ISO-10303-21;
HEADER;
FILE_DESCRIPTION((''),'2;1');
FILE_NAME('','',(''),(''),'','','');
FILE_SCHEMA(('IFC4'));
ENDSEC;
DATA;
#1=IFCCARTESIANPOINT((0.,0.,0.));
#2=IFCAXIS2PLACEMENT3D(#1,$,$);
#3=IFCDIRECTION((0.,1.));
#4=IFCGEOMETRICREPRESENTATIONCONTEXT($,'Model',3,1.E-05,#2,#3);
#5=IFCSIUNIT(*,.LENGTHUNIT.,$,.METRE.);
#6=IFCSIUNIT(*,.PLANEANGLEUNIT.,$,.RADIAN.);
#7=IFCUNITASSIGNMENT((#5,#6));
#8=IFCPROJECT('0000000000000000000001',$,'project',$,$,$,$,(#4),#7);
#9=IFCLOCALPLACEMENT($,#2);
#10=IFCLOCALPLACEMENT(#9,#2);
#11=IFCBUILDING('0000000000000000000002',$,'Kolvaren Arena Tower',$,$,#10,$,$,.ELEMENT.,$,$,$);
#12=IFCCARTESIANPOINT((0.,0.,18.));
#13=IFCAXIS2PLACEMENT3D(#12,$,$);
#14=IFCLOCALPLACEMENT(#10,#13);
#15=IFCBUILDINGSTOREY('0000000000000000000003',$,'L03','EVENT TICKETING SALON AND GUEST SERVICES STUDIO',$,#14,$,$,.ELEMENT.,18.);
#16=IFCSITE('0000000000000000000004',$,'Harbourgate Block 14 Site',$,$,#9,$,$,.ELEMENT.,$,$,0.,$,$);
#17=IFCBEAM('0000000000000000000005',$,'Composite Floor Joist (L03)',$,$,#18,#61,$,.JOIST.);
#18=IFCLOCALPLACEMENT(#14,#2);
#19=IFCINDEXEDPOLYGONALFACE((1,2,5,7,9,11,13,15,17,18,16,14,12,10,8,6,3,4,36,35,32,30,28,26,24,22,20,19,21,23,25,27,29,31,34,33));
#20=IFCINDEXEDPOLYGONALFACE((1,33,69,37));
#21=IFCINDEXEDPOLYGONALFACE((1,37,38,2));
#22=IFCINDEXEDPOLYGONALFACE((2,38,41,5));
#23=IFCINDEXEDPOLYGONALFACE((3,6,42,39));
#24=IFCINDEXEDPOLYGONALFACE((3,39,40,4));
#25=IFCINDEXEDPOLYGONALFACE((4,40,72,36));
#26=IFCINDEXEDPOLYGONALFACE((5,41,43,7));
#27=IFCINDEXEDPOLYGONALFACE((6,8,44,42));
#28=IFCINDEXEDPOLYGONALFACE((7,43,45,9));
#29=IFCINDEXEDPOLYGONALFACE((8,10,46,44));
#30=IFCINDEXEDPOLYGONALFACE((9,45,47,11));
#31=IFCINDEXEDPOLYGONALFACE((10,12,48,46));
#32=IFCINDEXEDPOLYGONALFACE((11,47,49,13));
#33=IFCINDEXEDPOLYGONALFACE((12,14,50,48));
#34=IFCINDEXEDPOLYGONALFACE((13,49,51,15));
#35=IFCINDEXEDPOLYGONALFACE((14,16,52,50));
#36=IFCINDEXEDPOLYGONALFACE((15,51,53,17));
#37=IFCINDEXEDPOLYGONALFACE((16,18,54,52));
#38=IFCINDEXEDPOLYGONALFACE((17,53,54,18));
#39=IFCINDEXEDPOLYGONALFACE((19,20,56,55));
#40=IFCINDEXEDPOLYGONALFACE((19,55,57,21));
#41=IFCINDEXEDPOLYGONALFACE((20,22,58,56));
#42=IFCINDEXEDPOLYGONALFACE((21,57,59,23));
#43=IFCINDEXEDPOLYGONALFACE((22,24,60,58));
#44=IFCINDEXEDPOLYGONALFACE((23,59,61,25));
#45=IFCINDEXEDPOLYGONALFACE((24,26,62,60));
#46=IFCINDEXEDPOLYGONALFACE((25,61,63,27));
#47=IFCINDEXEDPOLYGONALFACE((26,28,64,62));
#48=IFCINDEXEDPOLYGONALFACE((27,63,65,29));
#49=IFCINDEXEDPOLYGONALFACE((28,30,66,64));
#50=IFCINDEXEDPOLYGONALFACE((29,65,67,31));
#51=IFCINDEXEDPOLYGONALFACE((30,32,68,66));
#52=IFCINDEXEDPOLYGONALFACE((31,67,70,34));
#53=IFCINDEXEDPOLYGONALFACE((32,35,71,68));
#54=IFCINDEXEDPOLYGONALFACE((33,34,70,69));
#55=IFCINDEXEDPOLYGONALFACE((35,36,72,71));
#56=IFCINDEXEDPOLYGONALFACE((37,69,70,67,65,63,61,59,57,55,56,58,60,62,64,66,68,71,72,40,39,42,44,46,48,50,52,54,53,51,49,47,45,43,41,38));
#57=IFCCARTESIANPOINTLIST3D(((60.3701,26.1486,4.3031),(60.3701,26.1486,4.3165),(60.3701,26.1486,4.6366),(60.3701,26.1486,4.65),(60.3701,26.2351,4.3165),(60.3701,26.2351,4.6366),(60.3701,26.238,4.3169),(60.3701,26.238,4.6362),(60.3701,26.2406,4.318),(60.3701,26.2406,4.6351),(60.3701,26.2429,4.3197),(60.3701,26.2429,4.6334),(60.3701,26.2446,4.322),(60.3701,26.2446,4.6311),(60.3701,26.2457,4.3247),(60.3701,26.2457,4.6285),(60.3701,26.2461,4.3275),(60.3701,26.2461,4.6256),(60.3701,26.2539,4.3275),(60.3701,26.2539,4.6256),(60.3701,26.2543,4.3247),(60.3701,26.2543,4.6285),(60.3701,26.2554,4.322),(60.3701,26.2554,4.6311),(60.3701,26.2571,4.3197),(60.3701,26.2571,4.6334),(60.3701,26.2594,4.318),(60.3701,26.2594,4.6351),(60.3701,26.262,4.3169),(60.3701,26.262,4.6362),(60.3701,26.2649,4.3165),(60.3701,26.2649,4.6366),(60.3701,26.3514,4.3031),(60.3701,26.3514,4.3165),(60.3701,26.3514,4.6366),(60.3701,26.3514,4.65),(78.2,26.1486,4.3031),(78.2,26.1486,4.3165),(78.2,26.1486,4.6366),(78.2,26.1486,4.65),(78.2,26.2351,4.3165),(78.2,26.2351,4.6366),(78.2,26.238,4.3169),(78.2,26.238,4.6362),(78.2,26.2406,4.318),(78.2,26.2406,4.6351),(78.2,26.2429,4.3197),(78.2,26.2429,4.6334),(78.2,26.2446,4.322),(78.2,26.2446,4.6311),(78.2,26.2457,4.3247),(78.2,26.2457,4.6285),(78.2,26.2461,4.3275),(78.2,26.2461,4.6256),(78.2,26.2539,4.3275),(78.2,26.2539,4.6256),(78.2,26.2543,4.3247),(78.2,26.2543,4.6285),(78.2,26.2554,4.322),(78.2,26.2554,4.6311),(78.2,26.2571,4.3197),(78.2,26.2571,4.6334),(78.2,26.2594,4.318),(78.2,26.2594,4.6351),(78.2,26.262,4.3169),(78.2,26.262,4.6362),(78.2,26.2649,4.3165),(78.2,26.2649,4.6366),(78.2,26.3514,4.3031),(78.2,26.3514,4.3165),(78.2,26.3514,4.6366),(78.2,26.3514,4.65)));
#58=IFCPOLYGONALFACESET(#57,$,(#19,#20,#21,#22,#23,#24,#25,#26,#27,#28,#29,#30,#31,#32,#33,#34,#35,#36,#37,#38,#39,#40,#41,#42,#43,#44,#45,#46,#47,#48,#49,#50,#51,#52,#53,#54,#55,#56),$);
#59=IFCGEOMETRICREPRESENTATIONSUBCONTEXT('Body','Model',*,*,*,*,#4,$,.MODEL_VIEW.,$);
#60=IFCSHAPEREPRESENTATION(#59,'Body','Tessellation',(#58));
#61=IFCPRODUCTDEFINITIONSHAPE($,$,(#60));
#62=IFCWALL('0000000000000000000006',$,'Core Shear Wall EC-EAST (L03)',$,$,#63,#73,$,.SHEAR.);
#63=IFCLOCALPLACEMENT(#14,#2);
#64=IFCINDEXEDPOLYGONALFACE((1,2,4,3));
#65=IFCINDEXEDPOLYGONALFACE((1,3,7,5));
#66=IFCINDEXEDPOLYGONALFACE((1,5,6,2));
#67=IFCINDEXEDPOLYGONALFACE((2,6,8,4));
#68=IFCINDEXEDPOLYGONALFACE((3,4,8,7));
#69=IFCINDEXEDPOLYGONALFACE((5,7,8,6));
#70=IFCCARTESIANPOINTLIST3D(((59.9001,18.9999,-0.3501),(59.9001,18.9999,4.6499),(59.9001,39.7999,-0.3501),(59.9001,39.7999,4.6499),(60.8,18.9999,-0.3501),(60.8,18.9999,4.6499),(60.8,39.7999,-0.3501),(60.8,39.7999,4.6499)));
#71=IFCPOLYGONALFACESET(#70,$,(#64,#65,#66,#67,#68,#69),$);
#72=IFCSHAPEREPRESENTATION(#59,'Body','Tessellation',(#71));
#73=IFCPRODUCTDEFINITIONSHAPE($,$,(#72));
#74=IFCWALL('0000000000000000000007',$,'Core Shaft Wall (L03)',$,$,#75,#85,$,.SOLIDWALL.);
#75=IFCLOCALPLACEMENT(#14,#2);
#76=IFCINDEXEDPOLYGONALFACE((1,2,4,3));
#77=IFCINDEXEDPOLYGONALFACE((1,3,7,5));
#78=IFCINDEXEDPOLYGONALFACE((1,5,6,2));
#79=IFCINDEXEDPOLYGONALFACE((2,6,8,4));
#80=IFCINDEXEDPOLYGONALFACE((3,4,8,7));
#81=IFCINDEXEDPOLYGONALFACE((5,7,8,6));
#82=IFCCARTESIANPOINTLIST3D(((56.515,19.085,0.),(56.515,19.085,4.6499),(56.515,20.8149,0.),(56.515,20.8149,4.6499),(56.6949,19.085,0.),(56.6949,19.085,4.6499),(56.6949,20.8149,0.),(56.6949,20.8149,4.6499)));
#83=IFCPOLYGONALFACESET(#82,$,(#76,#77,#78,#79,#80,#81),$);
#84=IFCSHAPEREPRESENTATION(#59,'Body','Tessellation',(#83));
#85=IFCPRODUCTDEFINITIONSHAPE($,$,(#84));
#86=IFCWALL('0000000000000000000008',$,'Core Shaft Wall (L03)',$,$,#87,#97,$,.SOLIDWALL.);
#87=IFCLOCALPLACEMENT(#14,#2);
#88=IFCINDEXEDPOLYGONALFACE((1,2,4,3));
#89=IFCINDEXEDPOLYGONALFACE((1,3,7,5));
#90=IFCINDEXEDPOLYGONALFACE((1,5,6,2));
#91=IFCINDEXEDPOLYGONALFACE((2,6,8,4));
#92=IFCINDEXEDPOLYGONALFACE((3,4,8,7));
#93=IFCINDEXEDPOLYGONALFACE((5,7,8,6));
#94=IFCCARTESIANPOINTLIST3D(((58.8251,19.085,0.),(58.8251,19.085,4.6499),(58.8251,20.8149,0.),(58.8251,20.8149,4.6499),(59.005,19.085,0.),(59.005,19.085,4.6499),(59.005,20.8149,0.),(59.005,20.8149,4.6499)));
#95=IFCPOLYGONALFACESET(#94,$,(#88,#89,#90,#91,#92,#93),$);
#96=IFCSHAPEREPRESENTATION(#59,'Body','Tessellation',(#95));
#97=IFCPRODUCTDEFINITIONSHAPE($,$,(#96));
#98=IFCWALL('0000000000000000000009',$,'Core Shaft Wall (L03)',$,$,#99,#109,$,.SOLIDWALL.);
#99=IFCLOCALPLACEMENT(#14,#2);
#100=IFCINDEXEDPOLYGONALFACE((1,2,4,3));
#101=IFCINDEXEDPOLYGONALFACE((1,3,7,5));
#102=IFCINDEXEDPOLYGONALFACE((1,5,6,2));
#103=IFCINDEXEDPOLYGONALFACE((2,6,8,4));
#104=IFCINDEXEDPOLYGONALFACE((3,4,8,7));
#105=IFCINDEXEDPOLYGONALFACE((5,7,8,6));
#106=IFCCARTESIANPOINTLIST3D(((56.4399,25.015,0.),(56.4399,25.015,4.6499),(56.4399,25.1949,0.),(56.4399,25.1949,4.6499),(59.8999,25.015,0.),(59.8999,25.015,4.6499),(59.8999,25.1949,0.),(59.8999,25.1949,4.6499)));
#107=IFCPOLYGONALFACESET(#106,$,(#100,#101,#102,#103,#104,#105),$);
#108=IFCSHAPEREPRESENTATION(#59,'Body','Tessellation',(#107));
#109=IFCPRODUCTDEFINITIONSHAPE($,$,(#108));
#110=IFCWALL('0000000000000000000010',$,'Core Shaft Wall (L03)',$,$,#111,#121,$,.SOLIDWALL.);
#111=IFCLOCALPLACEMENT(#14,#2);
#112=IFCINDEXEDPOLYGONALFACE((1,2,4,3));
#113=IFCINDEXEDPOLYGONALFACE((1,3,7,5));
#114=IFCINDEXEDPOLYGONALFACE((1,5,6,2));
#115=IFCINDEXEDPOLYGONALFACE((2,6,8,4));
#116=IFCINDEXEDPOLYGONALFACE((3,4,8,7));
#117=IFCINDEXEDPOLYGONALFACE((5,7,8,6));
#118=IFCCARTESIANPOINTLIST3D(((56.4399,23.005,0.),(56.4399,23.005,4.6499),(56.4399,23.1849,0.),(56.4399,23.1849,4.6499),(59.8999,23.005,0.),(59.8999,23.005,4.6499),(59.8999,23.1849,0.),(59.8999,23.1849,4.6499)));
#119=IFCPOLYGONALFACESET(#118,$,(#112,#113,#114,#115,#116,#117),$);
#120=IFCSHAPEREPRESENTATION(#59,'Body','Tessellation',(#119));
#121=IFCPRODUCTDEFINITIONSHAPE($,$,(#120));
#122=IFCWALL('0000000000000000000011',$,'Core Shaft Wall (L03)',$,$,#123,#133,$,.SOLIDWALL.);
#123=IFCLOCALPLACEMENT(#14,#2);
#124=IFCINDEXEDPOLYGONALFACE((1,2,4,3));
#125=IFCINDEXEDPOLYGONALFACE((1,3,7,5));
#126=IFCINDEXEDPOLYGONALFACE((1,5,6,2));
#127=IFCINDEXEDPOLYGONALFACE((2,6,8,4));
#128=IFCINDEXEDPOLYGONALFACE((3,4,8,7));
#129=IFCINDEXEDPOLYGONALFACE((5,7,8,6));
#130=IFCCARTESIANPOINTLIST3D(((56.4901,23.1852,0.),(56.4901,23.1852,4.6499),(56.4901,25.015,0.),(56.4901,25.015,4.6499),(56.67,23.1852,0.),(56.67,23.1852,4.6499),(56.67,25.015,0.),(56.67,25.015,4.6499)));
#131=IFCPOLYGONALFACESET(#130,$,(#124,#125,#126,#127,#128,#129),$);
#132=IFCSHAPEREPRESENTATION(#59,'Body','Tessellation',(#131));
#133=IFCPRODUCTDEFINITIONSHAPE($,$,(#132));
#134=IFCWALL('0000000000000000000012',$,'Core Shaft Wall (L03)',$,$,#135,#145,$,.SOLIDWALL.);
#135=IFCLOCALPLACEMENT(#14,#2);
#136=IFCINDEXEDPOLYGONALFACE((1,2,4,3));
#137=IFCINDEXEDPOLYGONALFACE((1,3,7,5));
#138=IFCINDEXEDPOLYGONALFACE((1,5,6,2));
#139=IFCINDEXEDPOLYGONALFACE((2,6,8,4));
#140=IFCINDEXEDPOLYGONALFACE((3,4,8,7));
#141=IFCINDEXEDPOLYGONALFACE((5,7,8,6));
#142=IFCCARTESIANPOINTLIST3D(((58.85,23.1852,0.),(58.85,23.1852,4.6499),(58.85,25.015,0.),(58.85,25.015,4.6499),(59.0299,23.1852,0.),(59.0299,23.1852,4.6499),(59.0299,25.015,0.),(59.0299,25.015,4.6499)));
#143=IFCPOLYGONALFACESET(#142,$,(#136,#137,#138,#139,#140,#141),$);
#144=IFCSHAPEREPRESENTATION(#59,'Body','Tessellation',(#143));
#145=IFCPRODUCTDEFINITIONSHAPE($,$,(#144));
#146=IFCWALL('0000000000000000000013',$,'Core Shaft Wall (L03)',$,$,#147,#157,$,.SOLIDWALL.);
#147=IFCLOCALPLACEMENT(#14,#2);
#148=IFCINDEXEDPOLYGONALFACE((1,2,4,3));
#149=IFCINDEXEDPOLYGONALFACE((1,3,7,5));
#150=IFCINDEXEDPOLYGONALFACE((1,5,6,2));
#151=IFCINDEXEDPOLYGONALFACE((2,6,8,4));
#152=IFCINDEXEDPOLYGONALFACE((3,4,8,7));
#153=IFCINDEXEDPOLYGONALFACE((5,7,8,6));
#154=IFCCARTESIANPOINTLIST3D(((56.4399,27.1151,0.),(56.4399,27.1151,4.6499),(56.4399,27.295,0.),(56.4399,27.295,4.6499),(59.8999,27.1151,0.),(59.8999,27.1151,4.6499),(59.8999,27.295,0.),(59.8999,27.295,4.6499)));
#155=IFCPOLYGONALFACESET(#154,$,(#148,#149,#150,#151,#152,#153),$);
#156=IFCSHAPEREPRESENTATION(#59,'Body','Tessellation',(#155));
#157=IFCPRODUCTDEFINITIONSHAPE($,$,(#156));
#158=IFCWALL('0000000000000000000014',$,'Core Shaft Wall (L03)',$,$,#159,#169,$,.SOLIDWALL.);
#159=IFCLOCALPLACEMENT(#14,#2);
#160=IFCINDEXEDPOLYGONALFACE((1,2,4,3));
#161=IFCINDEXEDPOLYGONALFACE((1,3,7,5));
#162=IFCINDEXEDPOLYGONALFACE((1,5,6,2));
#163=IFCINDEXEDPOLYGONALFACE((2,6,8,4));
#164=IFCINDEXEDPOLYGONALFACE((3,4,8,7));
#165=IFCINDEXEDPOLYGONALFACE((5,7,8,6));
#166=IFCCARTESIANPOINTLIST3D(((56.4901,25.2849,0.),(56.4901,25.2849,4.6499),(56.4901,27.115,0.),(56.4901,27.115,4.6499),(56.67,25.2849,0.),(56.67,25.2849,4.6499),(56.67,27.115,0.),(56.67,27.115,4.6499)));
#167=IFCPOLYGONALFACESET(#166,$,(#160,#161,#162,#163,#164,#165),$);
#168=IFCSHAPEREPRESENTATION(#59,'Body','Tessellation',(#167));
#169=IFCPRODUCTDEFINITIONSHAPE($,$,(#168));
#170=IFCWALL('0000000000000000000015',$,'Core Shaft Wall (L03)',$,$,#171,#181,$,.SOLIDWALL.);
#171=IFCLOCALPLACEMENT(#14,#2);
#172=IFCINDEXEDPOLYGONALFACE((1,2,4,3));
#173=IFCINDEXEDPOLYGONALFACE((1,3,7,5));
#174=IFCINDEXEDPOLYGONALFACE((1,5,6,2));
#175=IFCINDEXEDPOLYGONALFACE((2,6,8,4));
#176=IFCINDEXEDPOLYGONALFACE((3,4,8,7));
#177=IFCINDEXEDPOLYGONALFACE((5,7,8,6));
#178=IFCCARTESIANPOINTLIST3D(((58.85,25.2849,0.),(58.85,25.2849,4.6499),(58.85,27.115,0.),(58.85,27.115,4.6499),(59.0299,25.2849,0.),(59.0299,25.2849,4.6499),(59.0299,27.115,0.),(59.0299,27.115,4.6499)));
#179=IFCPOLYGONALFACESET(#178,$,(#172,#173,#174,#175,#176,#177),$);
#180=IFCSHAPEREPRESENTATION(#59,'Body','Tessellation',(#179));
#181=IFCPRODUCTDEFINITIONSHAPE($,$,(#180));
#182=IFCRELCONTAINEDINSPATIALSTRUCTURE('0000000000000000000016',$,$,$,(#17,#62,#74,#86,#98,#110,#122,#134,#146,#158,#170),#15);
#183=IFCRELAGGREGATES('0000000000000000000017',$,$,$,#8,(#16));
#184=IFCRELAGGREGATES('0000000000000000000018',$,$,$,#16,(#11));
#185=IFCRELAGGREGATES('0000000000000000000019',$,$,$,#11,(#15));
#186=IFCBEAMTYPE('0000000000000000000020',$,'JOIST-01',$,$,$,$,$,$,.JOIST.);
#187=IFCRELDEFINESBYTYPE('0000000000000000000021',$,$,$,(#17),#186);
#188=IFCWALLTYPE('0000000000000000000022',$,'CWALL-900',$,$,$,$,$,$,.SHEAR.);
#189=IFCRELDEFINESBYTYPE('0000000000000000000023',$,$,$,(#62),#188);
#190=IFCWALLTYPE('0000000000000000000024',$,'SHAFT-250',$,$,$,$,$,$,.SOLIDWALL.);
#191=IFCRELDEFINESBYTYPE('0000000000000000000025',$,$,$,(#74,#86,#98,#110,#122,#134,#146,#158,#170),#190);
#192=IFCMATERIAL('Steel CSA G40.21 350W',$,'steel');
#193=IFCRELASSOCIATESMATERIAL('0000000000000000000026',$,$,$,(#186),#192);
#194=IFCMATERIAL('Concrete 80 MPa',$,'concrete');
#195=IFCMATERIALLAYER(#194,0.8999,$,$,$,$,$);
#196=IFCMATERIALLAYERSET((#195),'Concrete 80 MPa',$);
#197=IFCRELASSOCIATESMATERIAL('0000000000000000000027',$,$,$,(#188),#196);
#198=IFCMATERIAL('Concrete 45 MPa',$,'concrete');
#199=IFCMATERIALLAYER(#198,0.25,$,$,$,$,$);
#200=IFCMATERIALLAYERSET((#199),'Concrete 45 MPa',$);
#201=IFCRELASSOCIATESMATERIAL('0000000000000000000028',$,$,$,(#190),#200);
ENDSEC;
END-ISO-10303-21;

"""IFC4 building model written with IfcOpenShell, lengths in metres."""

from ifc_helpers import new_model, si_unit, direction, frame, frame_2d, origin, origin_2d, place, context, subcontext, project, spatial, rectangle, i_section, extrude, material, layer, layer_set, material_profile, profile_set, type_object, element, save


model = new_model("IFC4")

# Units and contexts
model_context = context("Model", 3, precision=1e-05, world=origin(), true_north=direction((0.0, 1.0)))
body_context = subcontext(model_context, "Body", "Model", "MODEL_VIEW")
ifc_project = project(units=[si_unit("LENGTHUNIT", "METRE"), si_unit("PLANEANGLEUNIT", "RADIAN")], contexts=[model_context])

# Site, building, storey
site_placement = place(None, origin())
site = spatial("IfcSite", under=ifc_project, at=site_placement, Name="Harbourgate Block 14 Site", CompositionType="ELEMENT", RefElevation=0.0)
building_placement = place(site_placement, origin())
building = spatial("IfcBuilding", under=site, at=building_placement, Name="Kolvaren Arena Tower", CompositionType="ELEMENT")
storey_placement = place(building_placement, frame((0.0, 0.0, 18.0)))
storey = spatial("IfcBuildingStorey", under=building, at=storey_placement, Name="L03", Description="EVENT TICKETING SALON AND GUEST SERVICES STUDIO", CompositionType="ELEMENT", Elevation=18.0)

# Beam
ifc_material_1 = material(Name="Steel CSA G40.21 350W", Category="steel")
ifc_material_profile_1 = material_profile(ifc_material_1, i_section(OverallWidth=0.2029, OverallDepth=0.3469, WebThickness=0.0078, FlangeThickness=0.0134, FilletRadius=0.011, at=origin_2d()), Name="W360x64")
ifc_profile_set_1 = profile_set([ifc_material_profile_1], Name="Steel CSA G40.21 350W")
beam_type_1 = type_object("IfcBeamType", Name="JOIST-01", PredefinedType="JOIST", material=ifc_profile_set_1)
for number, where, z_axis, x_axis, name in (
    (1, (60.3701, 26.25, 4.4766), (1.0, 0.0, 0.0), (0.0, 1.0, 0.0), "Composite Floor Joist (L03)"),
):
    element("IfcBeam", number, at=place(storey_placement, frame(where, z_axis=z_axis, x_axis=x_axis)), inside=storey, type_object=beam_type_1, Name=name, PredefinedType="JOIST", context=body_context, shape_type="SweptSolid", body=[
        extrude(i_section(OverallWidth=0.2029, OverallDepth=0.3469, WebThickness=0.0078, FlangeThickness=0.0134, FilletRadius=0.011, at=origin_2d()), origin(), (0.0, 0.0, 1.0), 17.8298),
    ])

# Walls
ifc_material_2 = material(Name="Concrete 80 MPa", Category="concrete")
ifc_layer_1 = layer(ifc_material_2, 0.8999)
ifc_layer_set_1 = layer_set([ifc_layer_1], Name="Concrete 80 MPa")
wall_type_1 = type_object("IfcWallType", Name="CWALL-900", PredefinedType="SHEAR", material=ifc_layer_set_1)
wall_1_placement = place(storey_placement, frame((60.3501, 19.0, -0.3501), z_axis=(0.0, 0.0, 1.0), x_axis=(0.0, 1.0, 0.0)))
element("IfcWall", 2, at=wall_1_placement, inside=storey, type_object=wall_type_1, Name="Core Shear Wall EC-EAST (L03)", PredefinedType="SHEAR", context=body_context, shape_type="SweptSolid", body=[
    extrude(rectangle(XDim=20.8, YDim=0.8999, at=frame_2d((10.3999, 0.0))), origin(), (0.0, 0.0, 1.0), 5.0),
])
ifc_material_3 = material(Name="Concrete 45 MPa", Category="concrete")
ifc_layer_2 = layer(ifc_material_3, 0.25)
ifc_layer_set_2 = layer_set([ifc_layer_2], Name="Concrete 45 MPa")
wall_type_2 = type_object("IfcWallType", Name="SHAFT-250", PredefinedType="SOLIDWALL", material=ifc_layer_set_2)
for number, where, z_axis, x_axis, name in (
    (3, (56.605, 19.085, 0.0), (0.0, 0.0, 1.0), (0.0, 1.0, 0.0), "Core Shaft Wall (L03)"),
    (4, (58.915, 19.085, 0.0), (0.0, 0.0, 1.0), (0.0, 1.0, 0.0), "Core Shaft Wall (L03)"),
):
    element("IfcWall", number, at=place(storey_placement, frame(where, z_axis=z_axis, x_axis=x_axis)), inside=storey, type_object=wall_type_2, Name=name, PredefinedType="SOLIDWALL", context=body_context, shape_type="SweptSolid", body=[
        extrude(rectangle(XDim=1.73, YDim=0.1799, at=frame_2d((0.865, 0.0))), origin(), (0.0, 0.0, 1.0), 4.6499),
    ])
for number, where, z_axis, x_axis, name in (
    (5, (56.4399, 25.105, 0.0), (0.0, 0.0, 1.0), (1.0, 0.0, 0.0), "Core Shaft Wall (L03)"),
    (6, (56.4399, 23.095, 0.0), (0.0, 0.0, 1.0), (1.0, 0.0, 0.0), "Core Shaft Wall (L03)"),
):
    element("IfcWall", number, at=place(storey_placement, frame(where, z_axis=z_axis, x_axis=x_axis)), inside=storey, type_object=wall_type_2, Name=name, PredefinedType="SOLIDWALL", context=body_context, shape_type="SweptSolid", body=[
        extrude(rectangle(XDim=3.46, YDim=0.1799, at=frame_2d((1.73, 0.0))), origin(), (0.0, 0.0, 1.0), 4.6499),
    ])
for number, where, z_axis, x_axis, name in (
    (7, (56.5801, 23.1851, 0.0), (0.0, 0.0, 1.0), (0.0, 1.0, 0.0), "Core Shaft Wall (L03)"),
    (8, (58.9399, 23.1851, 0.0), (0.0, 0.0, 1.0), (0.0, 1.0, 0.0), "Core Shaft Wall (L03)"),
):
    element("IfcWall", number, at=place(storey_placement, frame(where, z_axis=z_axis, x_axis=x_axis)), inside=storey, type_object=wall_type_2, Name=name, PredefinedType="SOLIDWALL", context=body_context, shape_type="SweptSolid", body=[
        extrude(rectangle(XDim=1.8298, YDim=0.1799, at=frame_2d((0.915, 0.0))), origin(), (0.0, 0.0, 1.0), 4.6499),
    ])
wall_2_placement = place(storey_placement, frame((56.4399, 27.2051, 0.0), z_axis=(0.0, 0.0, 1.0), x_axis=(1.0, 0.0, 0.0)))
element("IfcWall", 9, at=wall_2_placement, inside=storey, type_object=wall_type_2, Name="Core Shaft Wall (L03)", PredefinedType="SOLIDWALL", context=body_context, shape_type="SweptSolid", body=[
    extrude(rectangle(XDim=3.46, YDim=0.1799, at=frame_2d((1.73, 0.0))), origin(), (0.0, 0.0, 1.0), 4.6499),
])
for number, where, z_axis, x_axis, name in (
    (10, (56.5801, 25.2849, 0.0), (0.0, 0.0, 1.0), (0.0, 1.0, 0.0), "Core Shaft Wall (L03)"),
    (11, (58.9399, 25.2849, 0.0), (0.0, 0.0, 1.0), (0.0, 1.0, 0.0), "Core Shaft Wall (L03)"),
):
    element("IfcWall", number, at=place(storey_placement, frame(where, z_axis=z_axis, x_axis=x_axis)), inside=storey, type_object=wall_type_2, Name=name, PredefinedType="SOLIDWALL", context=body_context, shape_type="SweptSolid", body=[
        extrude(rectangle(XDim=1.8301, YDim=0.1799, at=frame_2d((0.915, 0.0))), origin(), (0.0, 0.0, 1.0), 4.6499),
    ])

save(model, "model.ifc")
